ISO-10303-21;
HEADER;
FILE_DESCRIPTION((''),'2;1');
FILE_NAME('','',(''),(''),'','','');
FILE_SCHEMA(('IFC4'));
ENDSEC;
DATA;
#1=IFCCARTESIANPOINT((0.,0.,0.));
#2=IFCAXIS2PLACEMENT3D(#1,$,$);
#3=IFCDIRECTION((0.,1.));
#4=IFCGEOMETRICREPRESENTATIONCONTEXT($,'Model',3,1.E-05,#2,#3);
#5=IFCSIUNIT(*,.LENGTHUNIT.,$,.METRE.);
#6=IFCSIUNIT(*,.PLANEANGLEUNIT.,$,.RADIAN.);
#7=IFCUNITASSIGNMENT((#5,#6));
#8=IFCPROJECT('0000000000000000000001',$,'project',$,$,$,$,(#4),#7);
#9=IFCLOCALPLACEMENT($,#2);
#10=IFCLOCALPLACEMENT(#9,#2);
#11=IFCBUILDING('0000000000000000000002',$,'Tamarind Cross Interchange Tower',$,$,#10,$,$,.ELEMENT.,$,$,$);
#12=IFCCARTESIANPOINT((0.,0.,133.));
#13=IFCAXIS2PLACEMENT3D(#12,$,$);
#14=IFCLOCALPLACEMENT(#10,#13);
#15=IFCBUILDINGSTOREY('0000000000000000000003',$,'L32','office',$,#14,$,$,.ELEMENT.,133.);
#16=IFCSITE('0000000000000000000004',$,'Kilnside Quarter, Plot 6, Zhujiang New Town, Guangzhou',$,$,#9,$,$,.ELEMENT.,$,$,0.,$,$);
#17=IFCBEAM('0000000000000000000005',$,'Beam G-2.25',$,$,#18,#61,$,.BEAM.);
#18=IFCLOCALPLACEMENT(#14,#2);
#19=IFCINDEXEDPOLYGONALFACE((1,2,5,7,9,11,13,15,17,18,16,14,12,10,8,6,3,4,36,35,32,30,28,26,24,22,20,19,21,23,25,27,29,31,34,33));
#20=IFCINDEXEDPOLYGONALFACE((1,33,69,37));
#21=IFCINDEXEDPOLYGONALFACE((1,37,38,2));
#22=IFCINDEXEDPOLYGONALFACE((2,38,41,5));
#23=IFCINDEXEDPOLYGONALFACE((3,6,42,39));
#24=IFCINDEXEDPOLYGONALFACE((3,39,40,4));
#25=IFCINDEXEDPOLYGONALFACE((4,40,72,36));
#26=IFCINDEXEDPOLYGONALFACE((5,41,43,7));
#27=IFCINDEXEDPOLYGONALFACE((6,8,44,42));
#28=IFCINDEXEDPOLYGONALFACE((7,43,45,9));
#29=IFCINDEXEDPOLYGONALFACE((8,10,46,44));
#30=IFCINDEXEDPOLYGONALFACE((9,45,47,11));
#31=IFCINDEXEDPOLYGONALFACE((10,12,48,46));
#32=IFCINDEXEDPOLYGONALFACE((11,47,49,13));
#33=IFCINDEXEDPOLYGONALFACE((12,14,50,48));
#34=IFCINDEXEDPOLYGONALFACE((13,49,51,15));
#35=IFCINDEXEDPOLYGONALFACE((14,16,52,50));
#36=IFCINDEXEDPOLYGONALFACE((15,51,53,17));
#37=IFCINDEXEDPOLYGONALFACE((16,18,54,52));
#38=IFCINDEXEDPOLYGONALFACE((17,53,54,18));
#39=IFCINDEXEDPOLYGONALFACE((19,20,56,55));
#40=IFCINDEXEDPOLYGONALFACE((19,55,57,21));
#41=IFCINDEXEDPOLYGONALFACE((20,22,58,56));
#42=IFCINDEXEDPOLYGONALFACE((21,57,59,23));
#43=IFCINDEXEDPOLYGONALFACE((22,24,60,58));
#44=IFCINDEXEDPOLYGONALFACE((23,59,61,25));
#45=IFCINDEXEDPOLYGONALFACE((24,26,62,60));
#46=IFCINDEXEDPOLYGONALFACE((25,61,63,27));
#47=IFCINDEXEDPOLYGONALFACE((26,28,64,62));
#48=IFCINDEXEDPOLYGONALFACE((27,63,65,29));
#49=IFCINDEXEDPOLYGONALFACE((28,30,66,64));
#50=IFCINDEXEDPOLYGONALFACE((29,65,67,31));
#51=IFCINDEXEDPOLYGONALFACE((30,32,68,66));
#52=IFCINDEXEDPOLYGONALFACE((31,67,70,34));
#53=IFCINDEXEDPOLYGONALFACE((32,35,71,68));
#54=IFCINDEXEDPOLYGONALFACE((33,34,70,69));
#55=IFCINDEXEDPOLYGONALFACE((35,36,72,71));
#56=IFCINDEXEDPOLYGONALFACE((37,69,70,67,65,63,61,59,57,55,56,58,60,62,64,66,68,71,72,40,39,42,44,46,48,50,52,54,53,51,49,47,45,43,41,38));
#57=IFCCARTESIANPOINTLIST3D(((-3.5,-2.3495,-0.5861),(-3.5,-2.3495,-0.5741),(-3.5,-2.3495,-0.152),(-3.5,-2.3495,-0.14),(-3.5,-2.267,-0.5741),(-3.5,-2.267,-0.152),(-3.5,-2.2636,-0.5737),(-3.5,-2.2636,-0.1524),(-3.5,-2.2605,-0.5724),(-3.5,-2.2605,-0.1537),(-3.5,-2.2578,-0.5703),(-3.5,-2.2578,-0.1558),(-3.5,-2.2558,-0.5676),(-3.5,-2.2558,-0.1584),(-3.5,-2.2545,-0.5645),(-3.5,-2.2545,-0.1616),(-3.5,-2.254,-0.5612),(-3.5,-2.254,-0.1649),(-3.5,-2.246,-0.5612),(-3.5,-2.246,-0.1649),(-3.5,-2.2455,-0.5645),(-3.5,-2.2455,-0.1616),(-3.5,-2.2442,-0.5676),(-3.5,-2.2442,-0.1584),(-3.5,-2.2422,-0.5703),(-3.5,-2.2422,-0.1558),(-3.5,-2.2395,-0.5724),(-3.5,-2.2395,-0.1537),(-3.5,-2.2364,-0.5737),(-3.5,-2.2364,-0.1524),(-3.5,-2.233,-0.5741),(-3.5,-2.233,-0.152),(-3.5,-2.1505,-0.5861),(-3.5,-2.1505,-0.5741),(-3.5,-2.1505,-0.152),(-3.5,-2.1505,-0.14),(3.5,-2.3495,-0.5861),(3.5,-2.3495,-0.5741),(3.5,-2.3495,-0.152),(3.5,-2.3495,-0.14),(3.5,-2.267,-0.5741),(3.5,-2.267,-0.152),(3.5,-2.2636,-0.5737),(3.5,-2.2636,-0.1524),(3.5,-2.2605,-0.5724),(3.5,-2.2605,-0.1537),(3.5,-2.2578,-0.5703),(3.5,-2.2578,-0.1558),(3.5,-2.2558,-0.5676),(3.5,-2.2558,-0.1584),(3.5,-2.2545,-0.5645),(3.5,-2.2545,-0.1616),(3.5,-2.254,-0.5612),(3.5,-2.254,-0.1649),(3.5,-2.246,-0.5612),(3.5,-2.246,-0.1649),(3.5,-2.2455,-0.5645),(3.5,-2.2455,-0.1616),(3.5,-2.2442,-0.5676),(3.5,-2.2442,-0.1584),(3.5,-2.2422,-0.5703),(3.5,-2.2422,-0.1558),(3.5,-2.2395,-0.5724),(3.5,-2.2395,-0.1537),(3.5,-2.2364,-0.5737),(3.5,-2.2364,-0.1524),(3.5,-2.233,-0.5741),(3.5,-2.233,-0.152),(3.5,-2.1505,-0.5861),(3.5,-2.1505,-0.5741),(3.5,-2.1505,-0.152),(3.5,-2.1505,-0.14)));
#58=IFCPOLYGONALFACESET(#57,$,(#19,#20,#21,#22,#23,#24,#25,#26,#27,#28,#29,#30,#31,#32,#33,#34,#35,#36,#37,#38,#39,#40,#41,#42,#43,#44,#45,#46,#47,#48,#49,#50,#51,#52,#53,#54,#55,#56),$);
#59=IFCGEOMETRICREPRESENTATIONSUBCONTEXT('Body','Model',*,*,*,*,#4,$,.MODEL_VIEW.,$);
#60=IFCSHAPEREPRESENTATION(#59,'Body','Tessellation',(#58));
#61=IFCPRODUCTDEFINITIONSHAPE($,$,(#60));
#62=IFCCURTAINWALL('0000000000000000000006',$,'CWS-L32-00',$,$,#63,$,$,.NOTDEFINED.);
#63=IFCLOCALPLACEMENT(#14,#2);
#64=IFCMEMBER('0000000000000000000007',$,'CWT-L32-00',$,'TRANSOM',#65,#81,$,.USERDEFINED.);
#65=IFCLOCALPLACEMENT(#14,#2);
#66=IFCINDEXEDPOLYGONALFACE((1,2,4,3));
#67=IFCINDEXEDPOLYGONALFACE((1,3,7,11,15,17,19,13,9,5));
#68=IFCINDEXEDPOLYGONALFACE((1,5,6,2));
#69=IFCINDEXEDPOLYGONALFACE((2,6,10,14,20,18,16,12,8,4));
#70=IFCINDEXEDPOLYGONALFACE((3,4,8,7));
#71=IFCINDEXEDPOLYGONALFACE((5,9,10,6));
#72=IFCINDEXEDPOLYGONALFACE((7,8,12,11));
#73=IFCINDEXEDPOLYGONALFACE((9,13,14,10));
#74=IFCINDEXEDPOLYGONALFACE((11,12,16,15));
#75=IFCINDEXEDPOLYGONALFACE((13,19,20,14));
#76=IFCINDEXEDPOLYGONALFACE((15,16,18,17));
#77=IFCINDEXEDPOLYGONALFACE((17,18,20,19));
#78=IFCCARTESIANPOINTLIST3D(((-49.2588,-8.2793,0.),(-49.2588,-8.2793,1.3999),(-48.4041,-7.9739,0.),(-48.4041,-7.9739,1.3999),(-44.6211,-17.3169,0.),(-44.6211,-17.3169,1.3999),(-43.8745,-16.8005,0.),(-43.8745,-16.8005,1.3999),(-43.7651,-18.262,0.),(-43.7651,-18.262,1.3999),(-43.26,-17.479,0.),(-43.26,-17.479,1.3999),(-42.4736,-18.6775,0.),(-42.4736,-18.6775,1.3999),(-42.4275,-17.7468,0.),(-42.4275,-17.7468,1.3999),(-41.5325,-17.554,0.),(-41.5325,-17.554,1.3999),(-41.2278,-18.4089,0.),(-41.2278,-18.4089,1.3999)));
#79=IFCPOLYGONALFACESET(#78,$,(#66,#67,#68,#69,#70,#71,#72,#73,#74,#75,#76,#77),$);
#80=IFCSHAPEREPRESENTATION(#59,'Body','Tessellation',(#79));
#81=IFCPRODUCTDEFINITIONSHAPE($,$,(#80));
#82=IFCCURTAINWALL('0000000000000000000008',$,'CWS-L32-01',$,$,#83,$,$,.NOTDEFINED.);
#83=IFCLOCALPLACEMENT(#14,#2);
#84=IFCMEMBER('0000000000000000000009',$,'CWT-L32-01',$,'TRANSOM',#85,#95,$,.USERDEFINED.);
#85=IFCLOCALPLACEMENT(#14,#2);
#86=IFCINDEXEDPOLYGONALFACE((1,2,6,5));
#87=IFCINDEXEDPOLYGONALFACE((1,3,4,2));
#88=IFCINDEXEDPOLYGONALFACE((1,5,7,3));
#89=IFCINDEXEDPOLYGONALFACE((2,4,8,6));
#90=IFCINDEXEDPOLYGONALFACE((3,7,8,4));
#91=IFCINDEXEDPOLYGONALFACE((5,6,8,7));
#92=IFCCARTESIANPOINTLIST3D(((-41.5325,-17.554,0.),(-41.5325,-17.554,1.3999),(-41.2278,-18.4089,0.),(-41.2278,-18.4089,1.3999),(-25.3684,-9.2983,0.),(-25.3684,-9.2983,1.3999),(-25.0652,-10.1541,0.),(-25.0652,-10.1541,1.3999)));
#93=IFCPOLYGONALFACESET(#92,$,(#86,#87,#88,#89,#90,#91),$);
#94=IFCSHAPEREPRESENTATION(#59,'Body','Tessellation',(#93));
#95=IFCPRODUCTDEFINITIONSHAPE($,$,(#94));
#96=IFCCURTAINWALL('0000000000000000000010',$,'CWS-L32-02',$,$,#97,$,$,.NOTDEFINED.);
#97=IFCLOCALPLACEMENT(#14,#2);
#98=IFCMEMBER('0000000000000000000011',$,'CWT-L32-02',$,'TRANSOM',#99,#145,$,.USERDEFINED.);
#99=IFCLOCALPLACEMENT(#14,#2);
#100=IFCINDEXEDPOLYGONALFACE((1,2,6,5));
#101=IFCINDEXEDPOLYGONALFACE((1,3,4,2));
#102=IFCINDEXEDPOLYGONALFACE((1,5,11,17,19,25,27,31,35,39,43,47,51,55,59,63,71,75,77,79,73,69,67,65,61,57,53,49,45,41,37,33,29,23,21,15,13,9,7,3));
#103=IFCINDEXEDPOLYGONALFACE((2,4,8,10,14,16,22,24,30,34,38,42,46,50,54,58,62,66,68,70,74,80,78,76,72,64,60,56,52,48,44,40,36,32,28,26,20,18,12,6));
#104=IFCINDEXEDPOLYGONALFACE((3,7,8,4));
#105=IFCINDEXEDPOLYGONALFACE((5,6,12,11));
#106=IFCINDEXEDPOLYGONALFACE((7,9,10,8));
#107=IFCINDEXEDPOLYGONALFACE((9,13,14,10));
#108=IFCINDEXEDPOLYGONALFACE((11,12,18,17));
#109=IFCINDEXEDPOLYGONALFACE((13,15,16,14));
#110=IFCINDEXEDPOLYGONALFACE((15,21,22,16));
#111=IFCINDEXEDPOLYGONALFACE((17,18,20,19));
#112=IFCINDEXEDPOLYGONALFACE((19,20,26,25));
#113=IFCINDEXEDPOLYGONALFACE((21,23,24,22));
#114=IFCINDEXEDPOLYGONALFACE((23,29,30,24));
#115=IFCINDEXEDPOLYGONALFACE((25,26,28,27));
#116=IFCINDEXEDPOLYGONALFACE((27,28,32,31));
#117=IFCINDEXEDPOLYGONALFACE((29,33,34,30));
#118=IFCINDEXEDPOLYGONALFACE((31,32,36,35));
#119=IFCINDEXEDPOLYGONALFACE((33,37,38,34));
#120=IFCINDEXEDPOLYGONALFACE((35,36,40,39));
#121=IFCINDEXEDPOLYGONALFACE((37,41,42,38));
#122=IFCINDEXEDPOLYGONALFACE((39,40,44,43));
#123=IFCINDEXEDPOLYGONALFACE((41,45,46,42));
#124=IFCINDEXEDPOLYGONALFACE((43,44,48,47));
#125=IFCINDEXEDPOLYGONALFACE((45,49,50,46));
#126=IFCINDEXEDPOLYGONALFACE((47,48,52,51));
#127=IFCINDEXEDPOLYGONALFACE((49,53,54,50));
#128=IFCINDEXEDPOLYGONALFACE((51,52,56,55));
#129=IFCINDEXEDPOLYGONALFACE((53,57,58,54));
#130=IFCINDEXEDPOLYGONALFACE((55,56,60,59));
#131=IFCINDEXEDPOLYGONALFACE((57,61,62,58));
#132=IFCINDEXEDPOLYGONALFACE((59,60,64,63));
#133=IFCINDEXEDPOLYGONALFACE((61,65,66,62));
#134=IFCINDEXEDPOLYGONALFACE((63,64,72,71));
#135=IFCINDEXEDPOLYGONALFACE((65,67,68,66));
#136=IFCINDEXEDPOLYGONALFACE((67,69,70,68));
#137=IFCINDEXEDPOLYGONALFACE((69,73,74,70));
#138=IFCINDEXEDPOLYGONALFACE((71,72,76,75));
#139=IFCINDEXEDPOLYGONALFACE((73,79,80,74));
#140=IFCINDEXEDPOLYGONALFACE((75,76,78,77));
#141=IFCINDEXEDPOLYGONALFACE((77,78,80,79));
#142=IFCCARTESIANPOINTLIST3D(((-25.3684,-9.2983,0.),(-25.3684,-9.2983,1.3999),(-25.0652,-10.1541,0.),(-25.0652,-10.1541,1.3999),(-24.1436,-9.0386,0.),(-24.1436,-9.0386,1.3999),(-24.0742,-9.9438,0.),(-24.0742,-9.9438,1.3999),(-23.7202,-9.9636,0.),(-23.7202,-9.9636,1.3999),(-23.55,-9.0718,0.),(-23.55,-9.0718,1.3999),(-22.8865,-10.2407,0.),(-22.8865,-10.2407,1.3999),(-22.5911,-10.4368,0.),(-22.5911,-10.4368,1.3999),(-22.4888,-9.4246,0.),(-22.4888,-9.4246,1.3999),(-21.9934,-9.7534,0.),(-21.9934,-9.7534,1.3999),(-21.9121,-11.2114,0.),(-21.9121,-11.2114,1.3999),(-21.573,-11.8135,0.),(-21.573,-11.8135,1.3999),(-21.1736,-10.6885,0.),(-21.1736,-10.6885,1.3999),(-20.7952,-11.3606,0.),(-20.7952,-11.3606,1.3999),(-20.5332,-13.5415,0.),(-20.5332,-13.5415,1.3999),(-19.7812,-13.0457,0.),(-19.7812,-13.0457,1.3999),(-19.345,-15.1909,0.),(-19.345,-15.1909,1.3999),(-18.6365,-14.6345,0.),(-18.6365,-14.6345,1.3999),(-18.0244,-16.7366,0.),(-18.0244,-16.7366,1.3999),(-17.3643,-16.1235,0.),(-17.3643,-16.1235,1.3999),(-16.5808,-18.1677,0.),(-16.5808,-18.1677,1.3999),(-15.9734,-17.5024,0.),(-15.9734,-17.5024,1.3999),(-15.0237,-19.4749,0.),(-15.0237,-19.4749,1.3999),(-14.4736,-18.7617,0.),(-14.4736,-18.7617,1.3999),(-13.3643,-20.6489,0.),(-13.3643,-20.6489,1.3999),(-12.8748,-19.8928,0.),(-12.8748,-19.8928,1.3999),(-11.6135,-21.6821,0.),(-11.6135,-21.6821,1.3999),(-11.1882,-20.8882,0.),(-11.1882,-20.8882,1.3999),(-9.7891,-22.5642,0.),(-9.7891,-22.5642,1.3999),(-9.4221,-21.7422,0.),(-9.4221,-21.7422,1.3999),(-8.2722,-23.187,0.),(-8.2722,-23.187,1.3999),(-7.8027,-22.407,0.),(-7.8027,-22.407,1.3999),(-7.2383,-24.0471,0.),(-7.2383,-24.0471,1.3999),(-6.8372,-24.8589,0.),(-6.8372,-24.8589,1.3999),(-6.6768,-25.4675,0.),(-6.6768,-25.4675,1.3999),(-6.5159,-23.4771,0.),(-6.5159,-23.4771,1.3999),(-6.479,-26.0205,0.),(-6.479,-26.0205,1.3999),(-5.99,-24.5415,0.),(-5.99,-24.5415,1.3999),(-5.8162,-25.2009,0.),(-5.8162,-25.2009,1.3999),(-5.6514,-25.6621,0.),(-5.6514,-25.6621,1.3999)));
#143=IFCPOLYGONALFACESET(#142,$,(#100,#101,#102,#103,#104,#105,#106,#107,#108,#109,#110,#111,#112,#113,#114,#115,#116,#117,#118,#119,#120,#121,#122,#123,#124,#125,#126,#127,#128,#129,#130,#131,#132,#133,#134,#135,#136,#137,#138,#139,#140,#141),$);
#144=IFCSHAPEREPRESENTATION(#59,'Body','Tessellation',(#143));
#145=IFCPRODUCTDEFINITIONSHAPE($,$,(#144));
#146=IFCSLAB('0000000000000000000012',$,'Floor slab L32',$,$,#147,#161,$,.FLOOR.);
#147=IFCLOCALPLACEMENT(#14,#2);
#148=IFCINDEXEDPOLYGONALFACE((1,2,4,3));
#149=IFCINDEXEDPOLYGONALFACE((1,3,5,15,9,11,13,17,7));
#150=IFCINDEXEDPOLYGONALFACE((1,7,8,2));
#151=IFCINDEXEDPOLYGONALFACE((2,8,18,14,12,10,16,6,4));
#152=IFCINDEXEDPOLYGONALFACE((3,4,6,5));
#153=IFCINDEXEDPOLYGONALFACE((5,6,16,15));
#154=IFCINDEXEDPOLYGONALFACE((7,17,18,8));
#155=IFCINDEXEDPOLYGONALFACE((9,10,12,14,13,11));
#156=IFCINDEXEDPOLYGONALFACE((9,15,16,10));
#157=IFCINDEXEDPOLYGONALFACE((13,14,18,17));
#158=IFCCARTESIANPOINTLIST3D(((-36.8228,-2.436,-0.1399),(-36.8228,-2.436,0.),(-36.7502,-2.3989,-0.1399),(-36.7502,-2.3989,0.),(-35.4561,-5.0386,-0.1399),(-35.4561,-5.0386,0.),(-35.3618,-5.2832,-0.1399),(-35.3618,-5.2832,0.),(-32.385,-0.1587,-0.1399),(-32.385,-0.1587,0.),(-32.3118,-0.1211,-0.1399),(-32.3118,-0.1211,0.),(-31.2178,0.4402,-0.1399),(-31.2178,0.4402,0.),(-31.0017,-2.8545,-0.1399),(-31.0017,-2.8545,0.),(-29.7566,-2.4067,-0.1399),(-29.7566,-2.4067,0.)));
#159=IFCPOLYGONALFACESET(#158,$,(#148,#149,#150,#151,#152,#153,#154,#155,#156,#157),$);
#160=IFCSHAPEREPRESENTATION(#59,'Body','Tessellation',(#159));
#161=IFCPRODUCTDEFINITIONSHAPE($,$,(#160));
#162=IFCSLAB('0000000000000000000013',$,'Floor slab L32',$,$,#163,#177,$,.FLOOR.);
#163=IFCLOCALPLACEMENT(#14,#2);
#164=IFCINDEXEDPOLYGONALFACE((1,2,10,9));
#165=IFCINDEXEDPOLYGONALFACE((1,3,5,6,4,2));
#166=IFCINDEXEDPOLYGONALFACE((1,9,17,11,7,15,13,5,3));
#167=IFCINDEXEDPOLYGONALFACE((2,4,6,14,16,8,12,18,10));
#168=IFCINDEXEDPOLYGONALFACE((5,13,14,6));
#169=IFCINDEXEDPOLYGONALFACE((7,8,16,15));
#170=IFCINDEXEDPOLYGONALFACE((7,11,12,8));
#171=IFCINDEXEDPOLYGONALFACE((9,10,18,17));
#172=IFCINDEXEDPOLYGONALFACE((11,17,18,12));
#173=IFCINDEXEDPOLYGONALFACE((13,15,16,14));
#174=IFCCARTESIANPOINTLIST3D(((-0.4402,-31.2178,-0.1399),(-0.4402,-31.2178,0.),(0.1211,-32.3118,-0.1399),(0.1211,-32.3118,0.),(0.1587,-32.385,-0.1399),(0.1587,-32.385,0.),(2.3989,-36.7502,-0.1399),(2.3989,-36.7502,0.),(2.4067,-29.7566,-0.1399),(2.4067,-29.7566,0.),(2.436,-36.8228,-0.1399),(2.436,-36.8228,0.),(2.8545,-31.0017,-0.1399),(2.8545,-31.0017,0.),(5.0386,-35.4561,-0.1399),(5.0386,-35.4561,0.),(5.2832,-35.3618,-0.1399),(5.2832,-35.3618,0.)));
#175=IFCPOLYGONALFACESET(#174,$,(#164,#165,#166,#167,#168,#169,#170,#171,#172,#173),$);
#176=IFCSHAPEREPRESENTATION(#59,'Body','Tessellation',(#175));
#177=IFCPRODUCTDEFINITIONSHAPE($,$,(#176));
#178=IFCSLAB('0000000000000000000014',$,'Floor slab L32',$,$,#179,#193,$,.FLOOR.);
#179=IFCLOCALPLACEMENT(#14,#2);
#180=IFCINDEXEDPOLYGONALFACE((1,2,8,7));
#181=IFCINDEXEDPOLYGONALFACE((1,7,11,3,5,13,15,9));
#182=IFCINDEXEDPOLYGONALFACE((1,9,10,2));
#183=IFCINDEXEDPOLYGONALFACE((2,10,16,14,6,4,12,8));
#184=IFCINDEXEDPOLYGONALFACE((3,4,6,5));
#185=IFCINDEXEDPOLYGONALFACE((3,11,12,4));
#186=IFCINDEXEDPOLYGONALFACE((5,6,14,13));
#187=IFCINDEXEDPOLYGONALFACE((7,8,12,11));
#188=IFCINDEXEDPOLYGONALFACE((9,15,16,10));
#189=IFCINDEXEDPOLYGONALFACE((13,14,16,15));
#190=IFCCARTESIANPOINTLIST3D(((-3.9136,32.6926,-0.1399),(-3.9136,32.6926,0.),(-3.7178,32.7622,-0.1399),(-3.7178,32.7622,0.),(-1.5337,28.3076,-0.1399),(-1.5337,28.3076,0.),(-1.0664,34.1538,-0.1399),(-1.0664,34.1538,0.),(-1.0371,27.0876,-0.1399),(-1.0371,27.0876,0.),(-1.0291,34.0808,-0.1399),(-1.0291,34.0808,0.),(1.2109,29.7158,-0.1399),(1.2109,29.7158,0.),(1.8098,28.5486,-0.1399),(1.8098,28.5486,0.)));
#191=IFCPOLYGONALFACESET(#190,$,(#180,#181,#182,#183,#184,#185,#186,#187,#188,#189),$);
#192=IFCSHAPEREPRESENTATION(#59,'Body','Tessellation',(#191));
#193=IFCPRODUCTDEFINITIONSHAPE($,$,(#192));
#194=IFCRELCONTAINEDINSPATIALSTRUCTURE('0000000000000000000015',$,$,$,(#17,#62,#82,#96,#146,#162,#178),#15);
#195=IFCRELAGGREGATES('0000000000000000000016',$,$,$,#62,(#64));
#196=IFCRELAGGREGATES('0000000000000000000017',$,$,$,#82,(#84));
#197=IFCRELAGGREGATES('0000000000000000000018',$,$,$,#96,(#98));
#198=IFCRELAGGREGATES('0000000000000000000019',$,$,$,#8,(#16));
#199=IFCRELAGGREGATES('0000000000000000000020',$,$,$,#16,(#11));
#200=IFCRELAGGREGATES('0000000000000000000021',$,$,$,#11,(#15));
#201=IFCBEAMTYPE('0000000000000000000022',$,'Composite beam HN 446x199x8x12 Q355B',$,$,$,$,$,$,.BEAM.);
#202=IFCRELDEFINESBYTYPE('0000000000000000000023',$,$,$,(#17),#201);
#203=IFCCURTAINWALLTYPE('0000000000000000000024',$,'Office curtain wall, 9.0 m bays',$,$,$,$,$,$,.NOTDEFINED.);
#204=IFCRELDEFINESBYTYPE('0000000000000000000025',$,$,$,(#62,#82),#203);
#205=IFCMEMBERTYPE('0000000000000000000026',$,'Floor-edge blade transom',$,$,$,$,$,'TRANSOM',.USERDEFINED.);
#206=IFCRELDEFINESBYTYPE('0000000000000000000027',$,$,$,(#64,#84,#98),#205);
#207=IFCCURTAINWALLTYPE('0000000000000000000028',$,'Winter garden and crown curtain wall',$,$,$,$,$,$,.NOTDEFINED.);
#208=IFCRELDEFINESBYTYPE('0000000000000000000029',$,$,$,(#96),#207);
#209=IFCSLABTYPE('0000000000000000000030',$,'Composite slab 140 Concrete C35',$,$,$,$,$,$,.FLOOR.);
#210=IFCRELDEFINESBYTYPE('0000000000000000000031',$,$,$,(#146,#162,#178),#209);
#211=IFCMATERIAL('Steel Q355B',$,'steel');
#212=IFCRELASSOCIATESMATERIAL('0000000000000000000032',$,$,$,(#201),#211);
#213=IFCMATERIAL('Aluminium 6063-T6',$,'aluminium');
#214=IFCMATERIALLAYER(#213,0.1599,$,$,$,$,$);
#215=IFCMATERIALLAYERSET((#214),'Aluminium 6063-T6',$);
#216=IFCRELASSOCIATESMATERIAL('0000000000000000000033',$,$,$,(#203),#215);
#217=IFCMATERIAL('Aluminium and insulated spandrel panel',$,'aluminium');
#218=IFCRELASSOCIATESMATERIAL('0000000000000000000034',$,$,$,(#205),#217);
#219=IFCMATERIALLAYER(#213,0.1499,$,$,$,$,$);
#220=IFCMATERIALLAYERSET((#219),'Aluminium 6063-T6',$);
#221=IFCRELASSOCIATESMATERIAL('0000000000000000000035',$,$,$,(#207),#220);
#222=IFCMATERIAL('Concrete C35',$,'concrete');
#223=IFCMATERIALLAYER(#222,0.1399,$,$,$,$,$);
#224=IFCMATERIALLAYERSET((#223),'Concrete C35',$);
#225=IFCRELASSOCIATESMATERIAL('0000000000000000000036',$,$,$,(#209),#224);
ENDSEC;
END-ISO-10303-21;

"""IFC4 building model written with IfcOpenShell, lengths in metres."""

from ifc_helpers import new_model, si_unit, direction, frame, origin, origin_2d, place, context, subcontext, project, spatial, polyline, i_section, outline, extrude, material, layer, layer_set, material_profile, profile_set, type_object, element, aggregate, save


model = new_model("IFC4")

# Units and contexts
model_context = context("Model", 3, precision=1e-05, world=origin(), true_north=direction((0.0, 1.0)))
body_context = subcontext(model_context, "Body", "Model", "MODEL_VIEW")
ifc_project = project(units=[si_unit("LENGTHUNIT", "METRE"), si_unit("PLANEANGLEUNIT", "RADIAN")], contexts=[model_context])

# Site, building, storey
site_placement = place(None, origin())
site = spatial("IfcSite", under=ifc_project, at=site_placement, Name="Kilnside Quarter, Plot 6, Zhujiang New Town, Guangzhou", CompositionType="ELEMENT", RefElevation=0.0)
building_placement = place(site_placement, origin())
building = spatial("IfcBuilding", under=site, at=building_placement, Name="Tamarind Cross Interchange Tower", CompositionType="ELEMENT")
storey_placement = place(building_placement, frame((0.0, 0.0, 133.0)))
storey = spatial("IfcBuildingStorey", under=building, at=storey_placement, Name="L32", Description="office", CompositionType="ELEMENT", Elevation=133.0)

# Beam
ifc_material_1 = material(Name="Steel Q355B", Category="steel")
ifc_material_profile = material_profile(ifc_material_1, i_section(OverallWidth=0.199, OverallDepth=0.446, WebThickness=0.0081, FlangeThickness=0.012, FilletRadius=0.0129, at=origin_2d()), Name="HN 446x199x8x12")
ifc_profile_set = profile_set([ifc_material_profile], Name="Steel Q355B")
beam_type = type_object("IfcBeamType", Name="Composite beam HN 446x199x8x12 Q355B", PredefinedType="BEAM", material=ifc_profile_set)
beam_placement = place(storey_placement, frame((-3.5, -2.25, -0.363), z_axis=(1.0, 0.0, 0.0), x_axis=(0.0, 1.0, 0.0)))
element("IfcBeam", 1, at=beam_placement, inside=storey, type_object=beam_type, Name="Beam G-2.25", PredefinedType="BEAM", context=body_context, shape_type="SweptSolid", body=[
    extrude(i_section(OverallWidth=0.199, OverallDepth=0.446, WebThickness=0.0081, FlangeThickness=0.012, FilletRadius=0.0129, at=origin_2d()), origin(), (0.0, 0.0, 1.0), 7.0),
])

# Curtain walls, members
ifc_material_2 = material(Name="Aluminium 6063-T6", Category="aluminium")
ifc_layer_1 = layer(ifc_material_2, 0.1599)
ifc_layer_set_1 = layer_set([ifc_layer_1], Name="Aluminium 6063-T6")
curtain_wall_type_1 = type_object("IfcCurtainWallType", Name="Office curtain wall, 9.0 m bays", PredefinedType="NOTDEFINED", material=ifc_layer_set_1)
curtain_wall_1_placement = place(storey_placement, origin())
curtain_wall_1 = element("IfcCurtainWall", 2, at=curtain_wall_1_placement, inside=storey, type_object=curtain_wall_type_1, Name="CWS-L32-00", PredefinedType="NOTDEFINED")
ifc_material_3 = material(Name="Aluminium and insulated spandrel panel", Category="aluminium")
member_type = type_object("IfcMemberType", Name="Floor-edge blade transom", ElementType="TRANSOM", PredefinedType="USERDEFINED", material=ifc_material_3)
member_1_placement = place(storey_placement, origin())
member_1 = element("IfcMember", 3, at=member_1_placement, type_object=member_type, Name="CWT-L32-00", ObjectType="TRANSOM", PredefinedType="USERDEFINED", context=body_context, shape_type="SweptSolid", body=[
    extrude(outline(polyline([(-48.4041, -7.9739), (-43.8745, -16.8005), (-43.26, -17.479), (-42.4275, -17.7468), (-41.5325, -17.554), (-41.2278, -18.4089), (-42.4736, -18.6775), (-43.7651, -18.262), (-44.6211, -17.3169), (-49.2588, -8.2793), (-48.4041, -7.9739)])), origin(), (0.0, 0.0, 1.0), 1.3999),
])
curtain_wall_2_placement = place(storey_placement, origin())
curtain_wall_2 = element("IfcCurtainWall", 4, at=curtain_wall_2_placement, inside=storey, type_object=curtain_wall_type_1, Name="CWS-L32-01", PredefinedType="NOTDEFINED")
member_2_placement = place(storey_placement, origin())
member_2 = element("IfcMember", 5, at=member_2_placement, type_object=member_type, Name="CWT-L32-01", ObjectType="TRANSOM", PredefinedType="USERDEFINED", context=body_context, shape_type="SweptSolid", body=[
    extrude(outline(polyline([(-41.5325, -17.554), (-25.3684, -9.2983), (-25.0652, -10.1541), (-41.2278, -18.4089), (-41.5325, -17.554)])), origin(), (0.0, 0.0, 1.0), 1.3999),
])
ifc_layer_2 = layer(ifc_material_2, 0.1499)
ifc_layer_set_2 = layer_set([ifc_layer_2], Name="Aluminium 6063-T6")
curtain_wall_type_2 = type_object("IfcCurtainWallType", Name="Winter garden and crown curtain wall", PredefinedType="NOTDEFINED", material=ifc_layer_set_2)
curtain_wall_3_placement = place(storey_placement, origin())
curtain_wall_3 = element("IfcCurtainWall", 6, at=curtain_wall_3_placement, inside=storey, type_object=curtain_wall_type_2, Name="CWS-L32-02", PredefinedType="NOTDEFINED")
member_3_placement = place(storey_placement, origin())
member_3 = element("IfcMember", 7, at=member_3_placement, type_object=member_type, Name="CWT-L32-02", ObjectType="TRANSOM", PredefinedType="USERDEFINED", context=body_context, shape_type="SweptSolid", body=[
    extrude(outline(polyline([(-25.3684, -9.2983), (-24.1436, -9.0386), (-23.55, -9.0718), (-22.4888, -9.4246), (-21.9934, -9.7534), (-21.1736, -10.6885), (-20.7952, -11.3606), (-19.7812, -13.0457), (-18.6365, -14.6345), (-17.3643, -16.1235), (-15.9734, -17.5024), (-14.4736, -18.7617), (-12.8748, -19.8928), (-11.1882, -20.8882), (-9.4221, -21.7422), (-7.8027, -22.407), (-6.5159, -23.4771), (-5.99, -24.5415), (-5.8162, -25.2009), (-5.6514, -25.6621), (-6.479, -26.0205), (-6.6768, -25.4675), (-6.8372, -24.8589), (-7.2383, -24.0471), (-8.2722, -23.187), (-9.7891, -22.5642), (-11.6135, -21.6821), (-13.3643, -20.6489), (-15.0237, -19.4749), (-16.5808, -18.1677), (-18.0244, -16.7366), (-19.345, -15.1909), (-20.5332, -13.5415), (-21.573, -11.8135), (-21.9121, -11.2114), (-22.5911, -10.4368), (-22.8865, -10.2407), (-23.7202, -9.9636), (-24.0742, -9.9438), (-25.0652, -10.1541), (-25.3684, -9.2983)])), origin(), (0.0, 0.0, 1.0), 1.3999),
])

# Slabs
ifc_material_4 = material(Name="Concrete C35", Category="concrete")
ifc_layer_3 = layer(ifc_material_4, 0.1399)
ifc_layer_set_3 = layer_set([ifc_layer_3], Name="Concrete C35")
slab_type = type_object("IfcSlabType", Name="Composite slab 140 Concrete C35", PredefinedType="FLOOR", material=ifc_layer_set_3)
slab_1_placement = place(storey_placement, frame((0.0, 0.0, -0.1399)))
element("IfcSlab", 8, at=slab_1_placement, inside=storey, type_object=slab_type, Name="Floor slab L32", PredefinedType="FLOOR", context=body_context, shape_type="SweptSolid", body=[
    extrude(outline(polyline([(-29.7566, -2.4067), (-31.2178, 0.4402), (-32.3118, -0.1211), (-32.385, -0.1587), (-31.0017, -2.8545), (-35.4561, -5.0386), (-36.7502, -2.3989), (-36.8228, -2.436), (-35.3618, -5.2832), (-29.7566, -2.4067)])), origin(), (0.0, 0.0, 1.0), 0.1399),
])
slab_2_placement = place(storey_placement, frame((0.0, 0.0, -0.1399)))
element("IfcSlab", 9, at=slab_2_placement, inside=storey, type_object=slab_type, Name="Floor slab L32", PredefinedType="FLOOR", context=body_context, shape_type="SweptSolid", body=[
    extrude(outline(polyline([(2.4067, -29.7566), (-0.4402, -31.2178), (0.1211, -32.3118), (0.1587, -32.385), (2.8545, -31.0017), (5.0386, -35.4561), (2.3989, -36.7502), (2.436, -36.8228), (5.2832, -35.3618), (2.4067, -29.7566)])), origin(), (0.0, 0.0, 1.0), 0.1399),
])
slab_3_placement = place(storey_placement, frame((0.0, 0.0, -0.1399)))
element("IfcSlab", 10, at=slab_3_placement, inside=storey, type_object=slab_type, Name="Floor slab L32", PredefinedType="FLOOR", context=body_context, shape_type="SweptSolid", body=[
    extrude(outline(polyline([(-1.0371, 27.0876), (1.8098, 28.5486), (1.2109, 29.7158), (-1.5337, 28.3076), (-3.7178, 32.7622), (-1.0291, 34.0808), (-1.0664, 34.1538), (-3.9136, 32.6926), (-1.0371, 27.0876)])), origin(), (0.0, 0.0, 1.0), 0.1399),
])

aggregate(curtain_wall_1, [member_1])
aggregate(curtain_wall_2, [member_2])

aggregate(curtain_wall_3, [member_3])

save(model, "model.ifc")
